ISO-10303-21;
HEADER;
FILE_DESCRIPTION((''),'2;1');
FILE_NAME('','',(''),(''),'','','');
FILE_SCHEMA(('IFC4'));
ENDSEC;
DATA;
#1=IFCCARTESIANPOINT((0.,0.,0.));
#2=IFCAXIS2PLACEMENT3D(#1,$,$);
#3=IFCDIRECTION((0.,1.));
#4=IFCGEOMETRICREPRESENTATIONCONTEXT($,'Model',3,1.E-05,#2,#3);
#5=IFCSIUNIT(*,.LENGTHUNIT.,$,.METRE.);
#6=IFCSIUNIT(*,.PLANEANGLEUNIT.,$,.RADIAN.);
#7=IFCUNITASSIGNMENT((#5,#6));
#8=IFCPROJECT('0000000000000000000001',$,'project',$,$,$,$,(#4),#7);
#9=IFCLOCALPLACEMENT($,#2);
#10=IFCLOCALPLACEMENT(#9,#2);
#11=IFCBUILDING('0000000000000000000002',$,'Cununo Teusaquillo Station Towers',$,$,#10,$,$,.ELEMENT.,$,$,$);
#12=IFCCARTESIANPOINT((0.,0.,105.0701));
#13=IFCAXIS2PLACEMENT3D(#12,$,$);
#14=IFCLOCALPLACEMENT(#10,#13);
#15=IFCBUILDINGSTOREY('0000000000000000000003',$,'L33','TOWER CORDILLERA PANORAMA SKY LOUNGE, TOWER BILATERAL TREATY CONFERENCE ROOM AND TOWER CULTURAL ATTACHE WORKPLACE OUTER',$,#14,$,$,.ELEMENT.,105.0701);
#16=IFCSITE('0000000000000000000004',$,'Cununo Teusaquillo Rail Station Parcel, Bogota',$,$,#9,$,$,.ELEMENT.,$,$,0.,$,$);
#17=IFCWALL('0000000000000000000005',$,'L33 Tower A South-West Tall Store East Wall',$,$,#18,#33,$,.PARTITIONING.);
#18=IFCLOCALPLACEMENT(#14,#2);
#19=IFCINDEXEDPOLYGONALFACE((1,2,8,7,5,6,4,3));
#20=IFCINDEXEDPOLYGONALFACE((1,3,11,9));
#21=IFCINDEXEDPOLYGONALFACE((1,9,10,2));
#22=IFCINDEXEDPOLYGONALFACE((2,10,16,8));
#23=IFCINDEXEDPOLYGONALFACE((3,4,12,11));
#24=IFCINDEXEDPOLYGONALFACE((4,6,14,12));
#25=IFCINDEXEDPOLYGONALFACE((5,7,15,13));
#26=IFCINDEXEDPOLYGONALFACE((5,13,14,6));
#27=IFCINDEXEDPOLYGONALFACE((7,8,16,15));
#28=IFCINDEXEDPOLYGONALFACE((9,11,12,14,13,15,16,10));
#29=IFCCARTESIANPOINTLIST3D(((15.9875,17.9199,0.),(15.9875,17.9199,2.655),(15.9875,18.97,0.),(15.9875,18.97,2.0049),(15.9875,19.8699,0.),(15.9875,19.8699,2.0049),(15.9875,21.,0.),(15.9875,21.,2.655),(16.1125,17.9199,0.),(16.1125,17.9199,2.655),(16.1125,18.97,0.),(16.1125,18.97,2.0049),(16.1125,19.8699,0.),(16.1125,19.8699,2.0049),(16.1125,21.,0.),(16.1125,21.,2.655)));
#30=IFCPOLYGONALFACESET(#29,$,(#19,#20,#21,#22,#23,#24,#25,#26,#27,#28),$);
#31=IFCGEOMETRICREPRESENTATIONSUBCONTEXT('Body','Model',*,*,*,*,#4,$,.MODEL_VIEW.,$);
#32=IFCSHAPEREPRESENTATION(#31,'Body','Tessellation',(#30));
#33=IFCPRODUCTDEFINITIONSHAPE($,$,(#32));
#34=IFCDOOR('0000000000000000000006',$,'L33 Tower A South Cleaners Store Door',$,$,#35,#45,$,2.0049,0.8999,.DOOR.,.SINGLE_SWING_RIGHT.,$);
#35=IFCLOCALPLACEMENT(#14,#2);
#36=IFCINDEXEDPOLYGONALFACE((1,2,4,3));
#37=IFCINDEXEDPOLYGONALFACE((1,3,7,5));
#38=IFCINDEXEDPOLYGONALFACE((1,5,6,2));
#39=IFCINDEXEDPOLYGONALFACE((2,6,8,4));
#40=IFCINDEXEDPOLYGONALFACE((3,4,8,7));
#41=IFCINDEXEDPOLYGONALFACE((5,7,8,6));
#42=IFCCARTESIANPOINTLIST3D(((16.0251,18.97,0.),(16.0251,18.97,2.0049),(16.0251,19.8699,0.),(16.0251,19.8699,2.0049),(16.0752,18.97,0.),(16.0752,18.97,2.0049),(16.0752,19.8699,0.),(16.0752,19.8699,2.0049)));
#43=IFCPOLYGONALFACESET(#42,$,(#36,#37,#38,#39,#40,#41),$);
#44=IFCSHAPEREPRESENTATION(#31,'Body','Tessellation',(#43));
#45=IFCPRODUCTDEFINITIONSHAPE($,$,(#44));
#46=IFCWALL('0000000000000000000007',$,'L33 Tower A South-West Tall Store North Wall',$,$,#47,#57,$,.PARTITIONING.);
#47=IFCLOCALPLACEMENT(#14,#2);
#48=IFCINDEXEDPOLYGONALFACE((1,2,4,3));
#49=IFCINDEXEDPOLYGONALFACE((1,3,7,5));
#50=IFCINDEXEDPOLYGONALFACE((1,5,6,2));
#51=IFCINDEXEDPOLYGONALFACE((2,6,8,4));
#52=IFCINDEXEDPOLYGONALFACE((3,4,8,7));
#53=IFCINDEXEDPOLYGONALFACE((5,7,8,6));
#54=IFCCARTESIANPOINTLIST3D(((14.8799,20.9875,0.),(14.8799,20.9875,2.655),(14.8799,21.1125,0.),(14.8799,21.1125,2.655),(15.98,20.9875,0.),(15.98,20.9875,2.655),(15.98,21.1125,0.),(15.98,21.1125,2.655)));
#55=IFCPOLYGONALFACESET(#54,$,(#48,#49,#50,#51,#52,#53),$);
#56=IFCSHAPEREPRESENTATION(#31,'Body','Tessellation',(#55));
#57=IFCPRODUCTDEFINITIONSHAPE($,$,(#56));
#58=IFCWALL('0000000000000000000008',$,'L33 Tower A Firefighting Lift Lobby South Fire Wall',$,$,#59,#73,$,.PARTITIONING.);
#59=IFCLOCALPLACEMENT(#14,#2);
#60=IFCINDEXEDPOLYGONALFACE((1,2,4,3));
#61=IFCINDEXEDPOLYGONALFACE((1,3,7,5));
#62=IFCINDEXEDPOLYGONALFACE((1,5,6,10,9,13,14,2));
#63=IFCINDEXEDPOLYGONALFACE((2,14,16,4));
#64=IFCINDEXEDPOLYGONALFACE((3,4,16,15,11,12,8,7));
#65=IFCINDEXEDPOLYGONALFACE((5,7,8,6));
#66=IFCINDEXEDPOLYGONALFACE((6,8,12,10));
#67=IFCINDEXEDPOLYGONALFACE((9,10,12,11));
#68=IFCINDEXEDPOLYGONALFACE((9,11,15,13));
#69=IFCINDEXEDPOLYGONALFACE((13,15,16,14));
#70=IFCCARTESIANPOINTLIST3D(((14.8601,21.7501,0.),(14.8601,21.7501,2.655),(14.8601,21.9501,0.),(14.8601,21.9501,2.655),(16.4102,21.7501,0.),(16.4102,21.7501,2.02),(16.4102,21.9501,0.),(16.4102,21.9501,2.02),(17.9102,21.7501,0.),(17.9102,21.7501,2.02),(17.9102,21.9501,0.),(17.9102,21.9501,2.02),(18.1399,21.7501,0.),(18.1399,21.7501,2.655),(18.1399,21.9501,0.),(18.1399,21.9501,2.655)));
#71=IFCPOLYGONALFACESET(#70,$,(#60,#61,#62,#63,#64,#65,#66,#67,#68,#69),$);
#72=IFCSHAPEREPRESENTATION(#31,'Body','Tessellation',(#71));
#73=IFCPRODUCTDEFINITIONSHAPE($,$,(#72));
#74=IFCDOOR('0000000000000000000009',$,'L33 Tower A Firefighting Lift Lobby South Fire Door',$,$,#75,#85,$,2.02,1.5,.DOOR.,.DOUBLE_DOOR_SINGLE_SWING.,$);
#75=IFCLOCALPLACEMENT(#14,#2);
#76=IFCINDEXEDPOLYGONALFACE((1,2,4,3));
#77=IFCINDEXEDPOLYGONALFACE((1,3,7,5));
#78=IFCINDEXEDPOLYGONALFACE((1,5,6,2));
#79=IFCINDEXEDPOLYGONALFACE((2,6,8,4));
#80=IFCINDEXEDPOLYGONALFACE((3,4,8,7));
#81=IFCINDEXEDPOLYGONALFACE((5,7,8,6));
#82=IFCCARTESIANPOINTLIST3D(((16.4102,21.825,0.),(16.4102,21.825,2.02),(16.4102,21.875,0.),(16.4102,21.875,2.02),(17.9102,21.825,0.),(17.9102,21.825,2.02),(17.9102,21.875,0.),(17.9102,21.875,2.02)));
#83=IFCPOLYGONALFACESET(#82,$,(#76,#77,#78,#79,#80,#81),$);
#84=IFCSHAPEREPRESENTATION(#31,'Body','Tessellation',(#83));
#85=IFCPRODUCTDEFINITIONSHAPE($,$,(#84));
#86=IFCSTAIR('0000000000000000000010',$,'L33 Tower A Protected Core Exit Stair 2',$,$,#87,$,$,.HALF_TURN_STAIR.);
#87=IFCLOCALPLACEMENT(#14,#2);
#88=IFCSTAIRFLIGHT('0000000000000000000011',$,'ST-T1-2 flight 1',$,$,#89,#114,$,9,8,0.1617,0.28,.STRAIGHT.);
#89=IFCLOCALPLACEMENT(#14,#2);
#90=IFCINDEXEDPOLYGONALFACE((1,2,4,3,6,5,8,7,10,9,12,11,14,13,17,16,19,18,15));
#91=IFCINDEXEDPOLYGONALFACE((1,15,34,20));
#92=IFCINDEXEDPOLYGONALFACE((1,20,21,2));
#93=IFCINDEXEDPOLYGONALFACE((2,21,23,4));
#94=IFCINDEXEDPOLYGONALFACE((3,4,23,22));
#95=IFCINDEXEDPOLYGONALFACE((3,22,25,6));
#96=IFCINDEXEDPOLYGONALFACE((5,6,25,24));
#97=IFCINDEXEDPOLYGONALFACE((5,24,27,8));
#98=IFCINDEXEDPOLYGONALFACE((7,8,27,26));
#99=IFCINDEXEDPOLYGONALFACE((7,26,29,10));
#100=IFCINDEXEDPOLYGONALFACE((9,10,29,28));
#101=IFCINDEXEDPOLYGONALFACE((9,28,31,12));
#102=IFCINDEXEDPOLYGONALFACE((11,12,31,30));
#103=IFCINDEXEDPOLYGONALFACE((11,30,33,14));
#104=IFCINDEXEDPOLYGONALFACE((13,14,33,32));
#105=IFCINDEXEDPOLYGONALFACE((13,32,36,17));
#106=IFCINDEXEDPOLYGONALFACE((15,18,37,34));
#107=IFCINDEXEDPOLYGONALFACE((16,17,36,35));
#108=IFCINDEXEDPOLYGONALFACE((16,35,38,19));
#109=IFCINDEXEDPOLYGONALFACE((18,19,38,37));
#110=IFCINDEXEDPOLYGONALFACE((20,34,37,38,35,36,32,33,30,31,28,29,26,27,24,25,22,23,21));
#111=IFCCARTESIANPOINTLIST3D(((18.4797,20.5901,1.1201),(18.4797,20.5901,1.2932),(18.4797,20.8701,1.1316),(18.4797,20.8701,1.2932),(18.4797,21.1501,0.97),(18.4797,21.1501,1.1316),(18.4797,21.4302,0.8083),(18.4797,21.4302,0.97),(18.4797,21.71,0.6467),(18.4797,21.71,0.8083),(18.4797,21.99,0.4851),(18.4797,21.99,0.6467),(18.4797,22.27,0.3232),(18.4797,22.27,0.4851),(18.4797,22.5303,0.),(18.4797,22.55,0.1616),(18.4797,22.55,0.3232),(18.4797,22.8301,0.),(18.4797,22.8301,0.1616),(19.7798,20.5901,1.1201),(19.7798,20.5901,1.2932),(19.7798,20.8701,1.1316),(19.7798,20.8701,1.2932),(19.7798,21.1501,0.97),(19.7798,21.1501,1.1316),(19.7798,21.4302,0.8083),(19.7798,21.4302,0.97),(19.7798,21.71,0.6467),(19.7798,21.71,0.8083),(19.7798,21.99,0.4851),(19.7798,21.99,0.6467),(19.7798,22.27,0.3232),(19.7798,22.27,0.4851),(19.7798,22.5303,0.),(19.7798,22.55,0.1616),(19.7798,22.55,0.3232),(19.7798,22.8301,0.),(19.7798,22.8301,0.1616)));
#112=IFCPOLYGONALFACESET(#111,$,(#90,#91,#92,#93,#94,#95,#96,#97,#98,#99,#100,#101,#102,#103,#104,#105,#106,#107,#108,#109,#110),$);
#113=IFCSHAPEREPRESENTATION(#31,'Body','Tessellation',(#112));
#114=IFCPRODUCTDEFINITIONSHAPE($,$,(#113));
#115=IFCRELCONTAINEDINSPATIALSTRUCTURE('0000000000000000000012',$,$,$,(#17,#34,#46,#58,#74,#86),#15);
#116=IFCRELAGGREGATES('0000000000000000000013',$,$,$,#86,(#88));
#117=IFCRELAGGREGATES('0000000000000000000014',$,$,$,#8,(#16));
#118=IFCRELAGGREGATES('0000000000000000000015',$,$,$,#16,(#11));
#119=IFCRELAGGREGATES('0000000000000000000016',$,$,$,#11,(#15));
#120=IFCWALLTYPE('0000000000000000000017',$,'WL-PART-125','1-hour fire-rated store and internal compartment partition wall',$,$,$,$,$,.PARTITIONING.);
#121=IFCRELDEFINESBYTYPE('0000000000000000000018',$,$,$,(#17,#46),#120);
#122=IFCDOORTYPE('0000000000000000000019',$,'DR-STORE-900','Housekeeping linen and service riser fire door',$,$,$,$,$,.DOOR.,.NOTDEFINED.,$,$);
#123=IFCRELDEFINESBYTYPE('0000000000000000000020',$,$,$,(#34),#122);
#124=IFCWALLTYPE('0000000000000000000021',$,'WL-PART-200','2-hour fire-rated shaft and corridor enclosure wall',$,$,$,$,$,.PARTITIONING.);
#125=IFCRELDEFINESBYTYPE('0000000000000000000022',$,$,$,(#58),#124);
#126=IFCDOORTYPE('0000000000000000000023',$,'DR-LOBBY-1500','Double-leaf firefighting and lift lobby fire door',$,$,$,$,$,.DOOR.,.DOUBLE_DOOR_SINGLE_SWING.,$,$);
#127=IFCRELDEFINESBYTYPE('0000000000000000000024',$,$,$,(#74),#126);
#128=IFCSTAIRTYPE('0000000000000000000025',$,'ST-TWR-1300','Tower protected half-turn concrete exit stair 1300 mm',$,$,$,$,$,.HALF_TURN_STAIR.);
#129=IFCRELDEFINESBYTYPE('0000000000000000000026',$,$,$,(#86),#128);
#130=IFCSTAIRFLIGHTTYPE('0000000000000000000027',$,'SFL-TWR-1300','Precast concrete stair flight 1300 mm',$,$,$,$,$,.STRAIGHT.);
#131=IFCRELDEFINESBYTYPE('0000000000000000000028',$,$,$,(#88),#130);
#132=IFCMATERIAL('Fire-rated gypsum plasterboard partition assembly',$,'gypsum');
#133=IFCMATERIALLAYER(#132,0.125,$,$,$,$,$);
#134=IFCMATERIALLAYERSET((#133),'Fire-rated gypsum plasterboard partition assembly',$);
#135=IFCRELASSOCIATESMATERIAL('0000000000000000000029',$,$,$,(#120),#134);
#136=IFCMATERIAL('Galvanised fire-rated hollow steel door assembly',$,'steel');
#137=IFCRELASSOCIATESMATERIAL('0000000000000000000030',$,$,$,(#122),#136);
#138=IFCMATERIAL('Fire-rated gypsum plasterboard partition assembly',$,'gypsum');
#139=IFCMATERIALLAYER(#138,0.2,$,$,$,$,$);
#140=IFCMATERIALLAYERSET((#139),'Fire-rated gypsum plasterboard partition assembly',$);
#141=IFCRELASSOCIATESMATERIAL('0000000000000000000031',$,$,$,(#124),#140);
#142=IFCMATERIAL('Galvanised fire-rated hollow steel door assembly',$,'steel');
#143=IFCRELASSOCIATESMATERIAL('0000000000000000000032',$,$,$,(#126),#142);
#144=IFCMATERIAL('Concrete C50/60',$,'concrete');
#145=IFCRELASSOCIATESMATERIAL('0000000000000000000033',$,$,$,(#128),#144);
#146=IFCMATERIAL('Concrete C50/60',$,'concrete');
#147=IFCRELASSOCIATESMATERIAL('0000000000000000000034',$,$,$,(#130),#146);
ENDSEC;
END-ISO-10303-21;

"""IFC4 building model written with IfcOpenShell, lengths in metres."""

from ifc_helpers import new_model, si_unit, direction, frame, frame_2d, origin, place, context, subcontext, project, spatial, polyline, rectangle, outline, extrude, source, transform, mapped, material, layer, layer_set, type_object, element, fill, aggregate, save


model = new_model("IFC4")

# Units and contexts
model_context = context("Model", 3, precision=1e-05, world=origin(), true_north=direction((0.0, 1.0)))
body_context = subcontext(model_context, "Body", "Model", "MODEL_VIEW")
ifc_project = project(units=[si_unit("LENGTHUNIT", "METRE"), si_unit("PLANEANGLEUNIT", "RADIAN")], contexts=[model_context])

# Site, building, storey
site_placement = place(None, origin())
site = spatial("IfcSite", under=ifc_project, at=site_placement, Name="Cununo Teusaquillo Rail Station Parcel, Bogota", CompositionType="ELEMENT", RefElevation=0.0)
building_placement = place(site_placement, origin())
building = spatial("IfcBuilding", under=site, at=building_placement, Name="Cununo Teusaquillo Station Towers", CompositionType="ELEMENT")
storey_placement = place(building_placement, frame((0.0, 0.0, 105.0701)))
storey = spatial("IfcBuildingStorey", under=building, at=storey_placement, Name="L33", Description="TOWER CORDILLERA PANORAMA SKY LOUNGE, TOWER BILATERAL TREATY CONFERENCE ROOM AND TOWER CULTURAL ATTACHE WORKPLACE OUTER", CompositionType="ELEMENT", Elevation=105.0701)

# Wall, opening, door
ifc_material_1 = material(Name="Fire-rated gypsum plasterboard partition assembly", Category="gypsum")
ifc_layer_1 = layer(ifc_material_1, 0.125)
ifc_layer_set_1 = layer_set([ifc_layer_1], Name="Fire-rated gypsum plasterboard partition assembly")
wall_type_1 = type_object("IfcWallType", Name="WL-PART-125", Description="1-hour fire-rated store and internal compartment partition wall", PredefinedType="PARTITIONING", material=ifc_layer_set_1)
wall_1_placement = place(storey_placement, frame((16.05, 17.9199, 0.0), z_axis=(0.0, 0.0, 1.0), x_axis=(0.0, 1.0, 0.0)))
wall_1 = element("IfcWall", 1, at=wall_1_placement, inside=storey, type_object=wall_type_1, Name="L33 Tower A South-West Tall Store East Wall", PredefinedType="PARTITIONING", context=body_context, shape_type="SweptSolid", body=[
    extrude(rectangle(XDim=3.0801, YDim=0.125, at=frame_2d((1.54, 0.0))), origin(), (0.0, 0.0, 1.0), 2.655),
])
shared_shape_1 = source(origin(), body_context, "Body", "SweptSolid", [
    extrude(rectangle(XDim=0.8999, YDim=2.0049, at=frame_2d((0.45, 1.0024))), frame((0.0, 0.0725, 0.0), z_axis=(0.0, -1.0, 0.0), x_axis=(1.0, 0.0, 0.0)), (0.0, 0.0, 1.0), 0.145),
])
opening_1_placement = place(wall_1_placement, frame((1.05, 0.0, 0.0)))
opening_1 = element("IfcOpeningElement", 2, at=opening_1_placement, cuts=wall_1, PredefinedType="OPENING", context=body_context, shape_type="MappedRepresentation", body=[
    mapped(shared_shape_1, transform((0.0, 0.0, 0.0), x_axis=(1.0, 0.0, 0.0), y_axis=(0.0, 1.0, 0.0), z_axis=(0.0, 0.0, 1.0), scale=1.0)),
])
ifc_material_2 = material(Name="Galvanised fire-rated hollow steel door assembly", Category="steel")
door_type_1 = type_object("IfcDoorType", Name="DR-STORE-900", Description="Housekeeping linen and service riser fire door", OperationType="NOTDEFINED", PredefinedType="DOOR", material=ifc_material_2)
shared_shape_2 = source(origin(), body_context, "Body", "SweptSolid", [
    extrude(rectangle(XDim=0.8999, YDim=2.0049, at=frame_2d((0.45, 1.0024))), frame((0.0, 0.0249, 0.0), z_axis=(0.0, -1.0, 0.0), x_axis=(1.0, 0.0, 0.0)), (0.0, 0.0, 1.0), 0.05),
])
door_1_placement = place(opening_1_placement, origin())
door_1 = element("IfcDoor", 3, at=door_1_placement, inside=storey, type_object=door_type_1, Name="L33 Tower A South Cleaners Store Door", OperationType="SINGLE_SWING_RIGHT", OverallHeight=2.0049, OverallWidth=0.8999, PredefinedType="DOOR", context=body_context, shape_type="MappedRepresentation", body=[
    mapped(shared_shape_2, transform((0.0, 0.0, 0.0), x_axis=(1.0, 0.0, 0.0), y_axis=(0.0, 1.0, 0.0), z_axis=(0.0, 0.0, 1.0), scale=1.0)),
])
fill(opening_1, door_1)

# Wall
wall_2_placement = place(storey_placement, frame((14.8799, 21.05, 0.0), z_axis=(0.0, 0.0, 1.0), x_axis=(1.0, 0.0, 0.0)))
element("IfcWall", 4, at=wall_2_placement, inside=storey, type_object=wall_type_1, Name="L33 Tower A South-West Tall Store North Wall", PredefinedType="PARTITIONING", context=body_context, shape_type="SweptSolid", body=[
    extrude(rectangle(XDim=1.1001, YDim=0.125, at=frame_2d((0.55, 0.0))), origin(), (0.0, 0.0, 1.0), 2.655),
])

# Wall, opening, door
ifc_material_3 = material(Name="Fire-rated gypsum plasterboard partition assembly", Category="gypsum")
ifc_layer_2 = layer(ifc_material_3, 0.2)
ifc_layer_set_2 = layer_set([ifc_layer_2], Name="Fire-rated gypsum plasterboard partition assembly")
wall_type_2 = type_object("IfcWallType", Name="WL-PART-200", Description="2-hour fire-rated shaft and corridor enclosure wall", PredefinedType="PARTITIONING", material=ifc_layer_set_2)
wall_3_placement = place(storey_placement, frame((14.8601, 21.8501, 0.0), z_axis=(0.0, 0.0, 1.0), x_axis=(1.0, 0.0, 0.0)))
wall_3 = element("IfcWall", 5, at=wall_3_placement, inside=storey, type_object=wall_type_2, Name="L33 Tower A Firefighting Lift Lobby South Fire Wall", PredefinedType="PARTITIONING", context=body_context, shape_type="SweptSolid", body=[
    extrude(rectangle(XDim=3.2798, YDim=0.2, at=frame_2d((1.6399, 0.0))), origin(), (0.0, 0.0, 1.0), 2.655),
])
shared_shape_3 = source(origin(), body_context, "Body", "SweptSolid", [
    extrude(rectangle(XDim=1.5, YDim=2.02, at=frame_2d((0.75, 1.01))), frame((0.0, 0.1099, 0.0), z_axis=(0.0, -1.0, 0.0), x_axis=(1.0, 0.0, 0.0)), (0.0, 0.0, 1.0), 0.22),
])
opening_2_placement = place(wall_3_placement, frame((1.55, 0.0, 0.0)))
opening_2 = element("IfcOpeningElement", 6, at=opening_2_placement, cuts=wall_3, PredefinedType="OPENING", context=body_context, shape_type="MappedRepresentation", body=[
    mapped(shared_shape_3, transform((0.0, 0.0, 0.0), x_axis=(1.0, 0.0, 0.0), y_axis=(0.0, 1.0, 0.0), z_axis=(0.0, 0.0, 1.0), scale=1.0)),
])
ifc_material_4 = material(Name="Galvanised fire-rated hollow steel door assembly", Category="steel")
door_type_2 = type_object("IfcDoorType", Name="DR-LOBBY-1500", Description="Double-leaf firefighting and lift lobby fire door", OperationType="DOUBLE_DOOR_SINGLE_SWING", PredefinedType="DOOR", material=ifc_material_4)
shared_shape_4 = source(origin(), body_context, "Body", "SweptSolid", [
    extrude(rectangle(XDim=1.5, YDim=2.02, at=frame_2d((0.75, 1.01))), frame((0.0, 0.0249, 0.0), z_axis=(0.0, -1.0, 0.0), x_axis=(1.0, 0.0, 0.0)), (0.0, 0.0, 1.0), 0.05),
])
door_2_placement = place(opening_2_placement, origin())
door_2 = element("IfcDoor", 7, at=door_2_placement, inside=storey, type_object=door_type_2, Name="L33 Tower A Firefighting Lift Lobby South Fire Door", OperationType="DOUBLE_DOOR_SINGLE_SWING", OverallHeight=2.02, OverallWidth=1.5, PredefinedType="DOOR", context=body_context, shape_type="MappedRepresentation", body=[
    mapped(shared_shape_4, transform((0.0, 0.0, 0.0), x_axis=(1.0, 0.0, 0.0), y_axis=(0.0, 1.0, 0.0), z_axis=(0.0, 0.0, 1.0), scale=1.0)),
])
fill(opening_2, door_2)

# Stair, stair flight
ifc_material_5 = material(Name="Concrete C50/60", Category="concrete")
stair_type = type_object("IfcStairType", Name="ST-TWR-1300", Description="Tower protected half-turn concrete exit stair 1300 mm", PredefinedType="HALF_TURN_STAIR", material=ifc_material_5)
stair_placement = place(storey_placement, origin())
stair = element("IfcStair", 8, at=stair_placement, inside=storey, type_object=stair_type, Name="L33 Tower A Protected Core Exit Stair 2", PredefinedType="HALF_TURN_STAIR")
ifc_material_6 = material(Name="Concrete C50/60", Category="concrete")
stair_flight_type = type_object("IfcStairFlightType", Name="SFL-TWR-1300", Description="Precast concrete stair flight 1300 mm", PredefinedType="STRAIGHT", material=ifc_material_6)
stair_flight_placement = place(storey_placement, frame((19.1299, 22.8301, 0.0), z_axis=(0.0, 0.0, 1.0), x_axis=(0.0, -1.0, 0.0)))
stair_flight = element("IfcStairFlight", 9, at=stair_flight_placement, type_object=stair_flight_type, Name="ST-T1-2 flight 1", NumberOfRisers=9, NumberOfTreads=8, PredefinedType="STRAIGHT", RiserHeight=0.1617, TreadLength=0.28, context=body_context, shape_type="SweptSolid", body=[
    extrude(outline(polyline([(0.0, 0.0), (0.0, 0.1616), (0.28, 0.1616), (0.28, 0.3232), (0.5601, 0.3232), (0.5601, 0.4851), (0.8401, 0.4851), (0.8401, 0.6467), (1.1201, 0.6467), (1.1201, 0.8083), (1.3999, 0.8083), (1.3999, 0.97), (1.6799, 0.97), (1.6799, 1.1316), (1.96, 1.1316), (1.96, 1.2932), (2.24, 1.2932), (2.24, 1.4551), (2.24, 1.1201), (0.2998, 0.0), (0.0, 0.0)])), frame((0.0, 0.6499, 0.0), z_axis=(0.0, -1.0, 0.0), x_axis=(1.0, 0.0, 0.0)), (0.0, 0.0, 1.0), 1.3),
])
aggregate(stair, [stair_flight])

save(model, "model.ifc")
